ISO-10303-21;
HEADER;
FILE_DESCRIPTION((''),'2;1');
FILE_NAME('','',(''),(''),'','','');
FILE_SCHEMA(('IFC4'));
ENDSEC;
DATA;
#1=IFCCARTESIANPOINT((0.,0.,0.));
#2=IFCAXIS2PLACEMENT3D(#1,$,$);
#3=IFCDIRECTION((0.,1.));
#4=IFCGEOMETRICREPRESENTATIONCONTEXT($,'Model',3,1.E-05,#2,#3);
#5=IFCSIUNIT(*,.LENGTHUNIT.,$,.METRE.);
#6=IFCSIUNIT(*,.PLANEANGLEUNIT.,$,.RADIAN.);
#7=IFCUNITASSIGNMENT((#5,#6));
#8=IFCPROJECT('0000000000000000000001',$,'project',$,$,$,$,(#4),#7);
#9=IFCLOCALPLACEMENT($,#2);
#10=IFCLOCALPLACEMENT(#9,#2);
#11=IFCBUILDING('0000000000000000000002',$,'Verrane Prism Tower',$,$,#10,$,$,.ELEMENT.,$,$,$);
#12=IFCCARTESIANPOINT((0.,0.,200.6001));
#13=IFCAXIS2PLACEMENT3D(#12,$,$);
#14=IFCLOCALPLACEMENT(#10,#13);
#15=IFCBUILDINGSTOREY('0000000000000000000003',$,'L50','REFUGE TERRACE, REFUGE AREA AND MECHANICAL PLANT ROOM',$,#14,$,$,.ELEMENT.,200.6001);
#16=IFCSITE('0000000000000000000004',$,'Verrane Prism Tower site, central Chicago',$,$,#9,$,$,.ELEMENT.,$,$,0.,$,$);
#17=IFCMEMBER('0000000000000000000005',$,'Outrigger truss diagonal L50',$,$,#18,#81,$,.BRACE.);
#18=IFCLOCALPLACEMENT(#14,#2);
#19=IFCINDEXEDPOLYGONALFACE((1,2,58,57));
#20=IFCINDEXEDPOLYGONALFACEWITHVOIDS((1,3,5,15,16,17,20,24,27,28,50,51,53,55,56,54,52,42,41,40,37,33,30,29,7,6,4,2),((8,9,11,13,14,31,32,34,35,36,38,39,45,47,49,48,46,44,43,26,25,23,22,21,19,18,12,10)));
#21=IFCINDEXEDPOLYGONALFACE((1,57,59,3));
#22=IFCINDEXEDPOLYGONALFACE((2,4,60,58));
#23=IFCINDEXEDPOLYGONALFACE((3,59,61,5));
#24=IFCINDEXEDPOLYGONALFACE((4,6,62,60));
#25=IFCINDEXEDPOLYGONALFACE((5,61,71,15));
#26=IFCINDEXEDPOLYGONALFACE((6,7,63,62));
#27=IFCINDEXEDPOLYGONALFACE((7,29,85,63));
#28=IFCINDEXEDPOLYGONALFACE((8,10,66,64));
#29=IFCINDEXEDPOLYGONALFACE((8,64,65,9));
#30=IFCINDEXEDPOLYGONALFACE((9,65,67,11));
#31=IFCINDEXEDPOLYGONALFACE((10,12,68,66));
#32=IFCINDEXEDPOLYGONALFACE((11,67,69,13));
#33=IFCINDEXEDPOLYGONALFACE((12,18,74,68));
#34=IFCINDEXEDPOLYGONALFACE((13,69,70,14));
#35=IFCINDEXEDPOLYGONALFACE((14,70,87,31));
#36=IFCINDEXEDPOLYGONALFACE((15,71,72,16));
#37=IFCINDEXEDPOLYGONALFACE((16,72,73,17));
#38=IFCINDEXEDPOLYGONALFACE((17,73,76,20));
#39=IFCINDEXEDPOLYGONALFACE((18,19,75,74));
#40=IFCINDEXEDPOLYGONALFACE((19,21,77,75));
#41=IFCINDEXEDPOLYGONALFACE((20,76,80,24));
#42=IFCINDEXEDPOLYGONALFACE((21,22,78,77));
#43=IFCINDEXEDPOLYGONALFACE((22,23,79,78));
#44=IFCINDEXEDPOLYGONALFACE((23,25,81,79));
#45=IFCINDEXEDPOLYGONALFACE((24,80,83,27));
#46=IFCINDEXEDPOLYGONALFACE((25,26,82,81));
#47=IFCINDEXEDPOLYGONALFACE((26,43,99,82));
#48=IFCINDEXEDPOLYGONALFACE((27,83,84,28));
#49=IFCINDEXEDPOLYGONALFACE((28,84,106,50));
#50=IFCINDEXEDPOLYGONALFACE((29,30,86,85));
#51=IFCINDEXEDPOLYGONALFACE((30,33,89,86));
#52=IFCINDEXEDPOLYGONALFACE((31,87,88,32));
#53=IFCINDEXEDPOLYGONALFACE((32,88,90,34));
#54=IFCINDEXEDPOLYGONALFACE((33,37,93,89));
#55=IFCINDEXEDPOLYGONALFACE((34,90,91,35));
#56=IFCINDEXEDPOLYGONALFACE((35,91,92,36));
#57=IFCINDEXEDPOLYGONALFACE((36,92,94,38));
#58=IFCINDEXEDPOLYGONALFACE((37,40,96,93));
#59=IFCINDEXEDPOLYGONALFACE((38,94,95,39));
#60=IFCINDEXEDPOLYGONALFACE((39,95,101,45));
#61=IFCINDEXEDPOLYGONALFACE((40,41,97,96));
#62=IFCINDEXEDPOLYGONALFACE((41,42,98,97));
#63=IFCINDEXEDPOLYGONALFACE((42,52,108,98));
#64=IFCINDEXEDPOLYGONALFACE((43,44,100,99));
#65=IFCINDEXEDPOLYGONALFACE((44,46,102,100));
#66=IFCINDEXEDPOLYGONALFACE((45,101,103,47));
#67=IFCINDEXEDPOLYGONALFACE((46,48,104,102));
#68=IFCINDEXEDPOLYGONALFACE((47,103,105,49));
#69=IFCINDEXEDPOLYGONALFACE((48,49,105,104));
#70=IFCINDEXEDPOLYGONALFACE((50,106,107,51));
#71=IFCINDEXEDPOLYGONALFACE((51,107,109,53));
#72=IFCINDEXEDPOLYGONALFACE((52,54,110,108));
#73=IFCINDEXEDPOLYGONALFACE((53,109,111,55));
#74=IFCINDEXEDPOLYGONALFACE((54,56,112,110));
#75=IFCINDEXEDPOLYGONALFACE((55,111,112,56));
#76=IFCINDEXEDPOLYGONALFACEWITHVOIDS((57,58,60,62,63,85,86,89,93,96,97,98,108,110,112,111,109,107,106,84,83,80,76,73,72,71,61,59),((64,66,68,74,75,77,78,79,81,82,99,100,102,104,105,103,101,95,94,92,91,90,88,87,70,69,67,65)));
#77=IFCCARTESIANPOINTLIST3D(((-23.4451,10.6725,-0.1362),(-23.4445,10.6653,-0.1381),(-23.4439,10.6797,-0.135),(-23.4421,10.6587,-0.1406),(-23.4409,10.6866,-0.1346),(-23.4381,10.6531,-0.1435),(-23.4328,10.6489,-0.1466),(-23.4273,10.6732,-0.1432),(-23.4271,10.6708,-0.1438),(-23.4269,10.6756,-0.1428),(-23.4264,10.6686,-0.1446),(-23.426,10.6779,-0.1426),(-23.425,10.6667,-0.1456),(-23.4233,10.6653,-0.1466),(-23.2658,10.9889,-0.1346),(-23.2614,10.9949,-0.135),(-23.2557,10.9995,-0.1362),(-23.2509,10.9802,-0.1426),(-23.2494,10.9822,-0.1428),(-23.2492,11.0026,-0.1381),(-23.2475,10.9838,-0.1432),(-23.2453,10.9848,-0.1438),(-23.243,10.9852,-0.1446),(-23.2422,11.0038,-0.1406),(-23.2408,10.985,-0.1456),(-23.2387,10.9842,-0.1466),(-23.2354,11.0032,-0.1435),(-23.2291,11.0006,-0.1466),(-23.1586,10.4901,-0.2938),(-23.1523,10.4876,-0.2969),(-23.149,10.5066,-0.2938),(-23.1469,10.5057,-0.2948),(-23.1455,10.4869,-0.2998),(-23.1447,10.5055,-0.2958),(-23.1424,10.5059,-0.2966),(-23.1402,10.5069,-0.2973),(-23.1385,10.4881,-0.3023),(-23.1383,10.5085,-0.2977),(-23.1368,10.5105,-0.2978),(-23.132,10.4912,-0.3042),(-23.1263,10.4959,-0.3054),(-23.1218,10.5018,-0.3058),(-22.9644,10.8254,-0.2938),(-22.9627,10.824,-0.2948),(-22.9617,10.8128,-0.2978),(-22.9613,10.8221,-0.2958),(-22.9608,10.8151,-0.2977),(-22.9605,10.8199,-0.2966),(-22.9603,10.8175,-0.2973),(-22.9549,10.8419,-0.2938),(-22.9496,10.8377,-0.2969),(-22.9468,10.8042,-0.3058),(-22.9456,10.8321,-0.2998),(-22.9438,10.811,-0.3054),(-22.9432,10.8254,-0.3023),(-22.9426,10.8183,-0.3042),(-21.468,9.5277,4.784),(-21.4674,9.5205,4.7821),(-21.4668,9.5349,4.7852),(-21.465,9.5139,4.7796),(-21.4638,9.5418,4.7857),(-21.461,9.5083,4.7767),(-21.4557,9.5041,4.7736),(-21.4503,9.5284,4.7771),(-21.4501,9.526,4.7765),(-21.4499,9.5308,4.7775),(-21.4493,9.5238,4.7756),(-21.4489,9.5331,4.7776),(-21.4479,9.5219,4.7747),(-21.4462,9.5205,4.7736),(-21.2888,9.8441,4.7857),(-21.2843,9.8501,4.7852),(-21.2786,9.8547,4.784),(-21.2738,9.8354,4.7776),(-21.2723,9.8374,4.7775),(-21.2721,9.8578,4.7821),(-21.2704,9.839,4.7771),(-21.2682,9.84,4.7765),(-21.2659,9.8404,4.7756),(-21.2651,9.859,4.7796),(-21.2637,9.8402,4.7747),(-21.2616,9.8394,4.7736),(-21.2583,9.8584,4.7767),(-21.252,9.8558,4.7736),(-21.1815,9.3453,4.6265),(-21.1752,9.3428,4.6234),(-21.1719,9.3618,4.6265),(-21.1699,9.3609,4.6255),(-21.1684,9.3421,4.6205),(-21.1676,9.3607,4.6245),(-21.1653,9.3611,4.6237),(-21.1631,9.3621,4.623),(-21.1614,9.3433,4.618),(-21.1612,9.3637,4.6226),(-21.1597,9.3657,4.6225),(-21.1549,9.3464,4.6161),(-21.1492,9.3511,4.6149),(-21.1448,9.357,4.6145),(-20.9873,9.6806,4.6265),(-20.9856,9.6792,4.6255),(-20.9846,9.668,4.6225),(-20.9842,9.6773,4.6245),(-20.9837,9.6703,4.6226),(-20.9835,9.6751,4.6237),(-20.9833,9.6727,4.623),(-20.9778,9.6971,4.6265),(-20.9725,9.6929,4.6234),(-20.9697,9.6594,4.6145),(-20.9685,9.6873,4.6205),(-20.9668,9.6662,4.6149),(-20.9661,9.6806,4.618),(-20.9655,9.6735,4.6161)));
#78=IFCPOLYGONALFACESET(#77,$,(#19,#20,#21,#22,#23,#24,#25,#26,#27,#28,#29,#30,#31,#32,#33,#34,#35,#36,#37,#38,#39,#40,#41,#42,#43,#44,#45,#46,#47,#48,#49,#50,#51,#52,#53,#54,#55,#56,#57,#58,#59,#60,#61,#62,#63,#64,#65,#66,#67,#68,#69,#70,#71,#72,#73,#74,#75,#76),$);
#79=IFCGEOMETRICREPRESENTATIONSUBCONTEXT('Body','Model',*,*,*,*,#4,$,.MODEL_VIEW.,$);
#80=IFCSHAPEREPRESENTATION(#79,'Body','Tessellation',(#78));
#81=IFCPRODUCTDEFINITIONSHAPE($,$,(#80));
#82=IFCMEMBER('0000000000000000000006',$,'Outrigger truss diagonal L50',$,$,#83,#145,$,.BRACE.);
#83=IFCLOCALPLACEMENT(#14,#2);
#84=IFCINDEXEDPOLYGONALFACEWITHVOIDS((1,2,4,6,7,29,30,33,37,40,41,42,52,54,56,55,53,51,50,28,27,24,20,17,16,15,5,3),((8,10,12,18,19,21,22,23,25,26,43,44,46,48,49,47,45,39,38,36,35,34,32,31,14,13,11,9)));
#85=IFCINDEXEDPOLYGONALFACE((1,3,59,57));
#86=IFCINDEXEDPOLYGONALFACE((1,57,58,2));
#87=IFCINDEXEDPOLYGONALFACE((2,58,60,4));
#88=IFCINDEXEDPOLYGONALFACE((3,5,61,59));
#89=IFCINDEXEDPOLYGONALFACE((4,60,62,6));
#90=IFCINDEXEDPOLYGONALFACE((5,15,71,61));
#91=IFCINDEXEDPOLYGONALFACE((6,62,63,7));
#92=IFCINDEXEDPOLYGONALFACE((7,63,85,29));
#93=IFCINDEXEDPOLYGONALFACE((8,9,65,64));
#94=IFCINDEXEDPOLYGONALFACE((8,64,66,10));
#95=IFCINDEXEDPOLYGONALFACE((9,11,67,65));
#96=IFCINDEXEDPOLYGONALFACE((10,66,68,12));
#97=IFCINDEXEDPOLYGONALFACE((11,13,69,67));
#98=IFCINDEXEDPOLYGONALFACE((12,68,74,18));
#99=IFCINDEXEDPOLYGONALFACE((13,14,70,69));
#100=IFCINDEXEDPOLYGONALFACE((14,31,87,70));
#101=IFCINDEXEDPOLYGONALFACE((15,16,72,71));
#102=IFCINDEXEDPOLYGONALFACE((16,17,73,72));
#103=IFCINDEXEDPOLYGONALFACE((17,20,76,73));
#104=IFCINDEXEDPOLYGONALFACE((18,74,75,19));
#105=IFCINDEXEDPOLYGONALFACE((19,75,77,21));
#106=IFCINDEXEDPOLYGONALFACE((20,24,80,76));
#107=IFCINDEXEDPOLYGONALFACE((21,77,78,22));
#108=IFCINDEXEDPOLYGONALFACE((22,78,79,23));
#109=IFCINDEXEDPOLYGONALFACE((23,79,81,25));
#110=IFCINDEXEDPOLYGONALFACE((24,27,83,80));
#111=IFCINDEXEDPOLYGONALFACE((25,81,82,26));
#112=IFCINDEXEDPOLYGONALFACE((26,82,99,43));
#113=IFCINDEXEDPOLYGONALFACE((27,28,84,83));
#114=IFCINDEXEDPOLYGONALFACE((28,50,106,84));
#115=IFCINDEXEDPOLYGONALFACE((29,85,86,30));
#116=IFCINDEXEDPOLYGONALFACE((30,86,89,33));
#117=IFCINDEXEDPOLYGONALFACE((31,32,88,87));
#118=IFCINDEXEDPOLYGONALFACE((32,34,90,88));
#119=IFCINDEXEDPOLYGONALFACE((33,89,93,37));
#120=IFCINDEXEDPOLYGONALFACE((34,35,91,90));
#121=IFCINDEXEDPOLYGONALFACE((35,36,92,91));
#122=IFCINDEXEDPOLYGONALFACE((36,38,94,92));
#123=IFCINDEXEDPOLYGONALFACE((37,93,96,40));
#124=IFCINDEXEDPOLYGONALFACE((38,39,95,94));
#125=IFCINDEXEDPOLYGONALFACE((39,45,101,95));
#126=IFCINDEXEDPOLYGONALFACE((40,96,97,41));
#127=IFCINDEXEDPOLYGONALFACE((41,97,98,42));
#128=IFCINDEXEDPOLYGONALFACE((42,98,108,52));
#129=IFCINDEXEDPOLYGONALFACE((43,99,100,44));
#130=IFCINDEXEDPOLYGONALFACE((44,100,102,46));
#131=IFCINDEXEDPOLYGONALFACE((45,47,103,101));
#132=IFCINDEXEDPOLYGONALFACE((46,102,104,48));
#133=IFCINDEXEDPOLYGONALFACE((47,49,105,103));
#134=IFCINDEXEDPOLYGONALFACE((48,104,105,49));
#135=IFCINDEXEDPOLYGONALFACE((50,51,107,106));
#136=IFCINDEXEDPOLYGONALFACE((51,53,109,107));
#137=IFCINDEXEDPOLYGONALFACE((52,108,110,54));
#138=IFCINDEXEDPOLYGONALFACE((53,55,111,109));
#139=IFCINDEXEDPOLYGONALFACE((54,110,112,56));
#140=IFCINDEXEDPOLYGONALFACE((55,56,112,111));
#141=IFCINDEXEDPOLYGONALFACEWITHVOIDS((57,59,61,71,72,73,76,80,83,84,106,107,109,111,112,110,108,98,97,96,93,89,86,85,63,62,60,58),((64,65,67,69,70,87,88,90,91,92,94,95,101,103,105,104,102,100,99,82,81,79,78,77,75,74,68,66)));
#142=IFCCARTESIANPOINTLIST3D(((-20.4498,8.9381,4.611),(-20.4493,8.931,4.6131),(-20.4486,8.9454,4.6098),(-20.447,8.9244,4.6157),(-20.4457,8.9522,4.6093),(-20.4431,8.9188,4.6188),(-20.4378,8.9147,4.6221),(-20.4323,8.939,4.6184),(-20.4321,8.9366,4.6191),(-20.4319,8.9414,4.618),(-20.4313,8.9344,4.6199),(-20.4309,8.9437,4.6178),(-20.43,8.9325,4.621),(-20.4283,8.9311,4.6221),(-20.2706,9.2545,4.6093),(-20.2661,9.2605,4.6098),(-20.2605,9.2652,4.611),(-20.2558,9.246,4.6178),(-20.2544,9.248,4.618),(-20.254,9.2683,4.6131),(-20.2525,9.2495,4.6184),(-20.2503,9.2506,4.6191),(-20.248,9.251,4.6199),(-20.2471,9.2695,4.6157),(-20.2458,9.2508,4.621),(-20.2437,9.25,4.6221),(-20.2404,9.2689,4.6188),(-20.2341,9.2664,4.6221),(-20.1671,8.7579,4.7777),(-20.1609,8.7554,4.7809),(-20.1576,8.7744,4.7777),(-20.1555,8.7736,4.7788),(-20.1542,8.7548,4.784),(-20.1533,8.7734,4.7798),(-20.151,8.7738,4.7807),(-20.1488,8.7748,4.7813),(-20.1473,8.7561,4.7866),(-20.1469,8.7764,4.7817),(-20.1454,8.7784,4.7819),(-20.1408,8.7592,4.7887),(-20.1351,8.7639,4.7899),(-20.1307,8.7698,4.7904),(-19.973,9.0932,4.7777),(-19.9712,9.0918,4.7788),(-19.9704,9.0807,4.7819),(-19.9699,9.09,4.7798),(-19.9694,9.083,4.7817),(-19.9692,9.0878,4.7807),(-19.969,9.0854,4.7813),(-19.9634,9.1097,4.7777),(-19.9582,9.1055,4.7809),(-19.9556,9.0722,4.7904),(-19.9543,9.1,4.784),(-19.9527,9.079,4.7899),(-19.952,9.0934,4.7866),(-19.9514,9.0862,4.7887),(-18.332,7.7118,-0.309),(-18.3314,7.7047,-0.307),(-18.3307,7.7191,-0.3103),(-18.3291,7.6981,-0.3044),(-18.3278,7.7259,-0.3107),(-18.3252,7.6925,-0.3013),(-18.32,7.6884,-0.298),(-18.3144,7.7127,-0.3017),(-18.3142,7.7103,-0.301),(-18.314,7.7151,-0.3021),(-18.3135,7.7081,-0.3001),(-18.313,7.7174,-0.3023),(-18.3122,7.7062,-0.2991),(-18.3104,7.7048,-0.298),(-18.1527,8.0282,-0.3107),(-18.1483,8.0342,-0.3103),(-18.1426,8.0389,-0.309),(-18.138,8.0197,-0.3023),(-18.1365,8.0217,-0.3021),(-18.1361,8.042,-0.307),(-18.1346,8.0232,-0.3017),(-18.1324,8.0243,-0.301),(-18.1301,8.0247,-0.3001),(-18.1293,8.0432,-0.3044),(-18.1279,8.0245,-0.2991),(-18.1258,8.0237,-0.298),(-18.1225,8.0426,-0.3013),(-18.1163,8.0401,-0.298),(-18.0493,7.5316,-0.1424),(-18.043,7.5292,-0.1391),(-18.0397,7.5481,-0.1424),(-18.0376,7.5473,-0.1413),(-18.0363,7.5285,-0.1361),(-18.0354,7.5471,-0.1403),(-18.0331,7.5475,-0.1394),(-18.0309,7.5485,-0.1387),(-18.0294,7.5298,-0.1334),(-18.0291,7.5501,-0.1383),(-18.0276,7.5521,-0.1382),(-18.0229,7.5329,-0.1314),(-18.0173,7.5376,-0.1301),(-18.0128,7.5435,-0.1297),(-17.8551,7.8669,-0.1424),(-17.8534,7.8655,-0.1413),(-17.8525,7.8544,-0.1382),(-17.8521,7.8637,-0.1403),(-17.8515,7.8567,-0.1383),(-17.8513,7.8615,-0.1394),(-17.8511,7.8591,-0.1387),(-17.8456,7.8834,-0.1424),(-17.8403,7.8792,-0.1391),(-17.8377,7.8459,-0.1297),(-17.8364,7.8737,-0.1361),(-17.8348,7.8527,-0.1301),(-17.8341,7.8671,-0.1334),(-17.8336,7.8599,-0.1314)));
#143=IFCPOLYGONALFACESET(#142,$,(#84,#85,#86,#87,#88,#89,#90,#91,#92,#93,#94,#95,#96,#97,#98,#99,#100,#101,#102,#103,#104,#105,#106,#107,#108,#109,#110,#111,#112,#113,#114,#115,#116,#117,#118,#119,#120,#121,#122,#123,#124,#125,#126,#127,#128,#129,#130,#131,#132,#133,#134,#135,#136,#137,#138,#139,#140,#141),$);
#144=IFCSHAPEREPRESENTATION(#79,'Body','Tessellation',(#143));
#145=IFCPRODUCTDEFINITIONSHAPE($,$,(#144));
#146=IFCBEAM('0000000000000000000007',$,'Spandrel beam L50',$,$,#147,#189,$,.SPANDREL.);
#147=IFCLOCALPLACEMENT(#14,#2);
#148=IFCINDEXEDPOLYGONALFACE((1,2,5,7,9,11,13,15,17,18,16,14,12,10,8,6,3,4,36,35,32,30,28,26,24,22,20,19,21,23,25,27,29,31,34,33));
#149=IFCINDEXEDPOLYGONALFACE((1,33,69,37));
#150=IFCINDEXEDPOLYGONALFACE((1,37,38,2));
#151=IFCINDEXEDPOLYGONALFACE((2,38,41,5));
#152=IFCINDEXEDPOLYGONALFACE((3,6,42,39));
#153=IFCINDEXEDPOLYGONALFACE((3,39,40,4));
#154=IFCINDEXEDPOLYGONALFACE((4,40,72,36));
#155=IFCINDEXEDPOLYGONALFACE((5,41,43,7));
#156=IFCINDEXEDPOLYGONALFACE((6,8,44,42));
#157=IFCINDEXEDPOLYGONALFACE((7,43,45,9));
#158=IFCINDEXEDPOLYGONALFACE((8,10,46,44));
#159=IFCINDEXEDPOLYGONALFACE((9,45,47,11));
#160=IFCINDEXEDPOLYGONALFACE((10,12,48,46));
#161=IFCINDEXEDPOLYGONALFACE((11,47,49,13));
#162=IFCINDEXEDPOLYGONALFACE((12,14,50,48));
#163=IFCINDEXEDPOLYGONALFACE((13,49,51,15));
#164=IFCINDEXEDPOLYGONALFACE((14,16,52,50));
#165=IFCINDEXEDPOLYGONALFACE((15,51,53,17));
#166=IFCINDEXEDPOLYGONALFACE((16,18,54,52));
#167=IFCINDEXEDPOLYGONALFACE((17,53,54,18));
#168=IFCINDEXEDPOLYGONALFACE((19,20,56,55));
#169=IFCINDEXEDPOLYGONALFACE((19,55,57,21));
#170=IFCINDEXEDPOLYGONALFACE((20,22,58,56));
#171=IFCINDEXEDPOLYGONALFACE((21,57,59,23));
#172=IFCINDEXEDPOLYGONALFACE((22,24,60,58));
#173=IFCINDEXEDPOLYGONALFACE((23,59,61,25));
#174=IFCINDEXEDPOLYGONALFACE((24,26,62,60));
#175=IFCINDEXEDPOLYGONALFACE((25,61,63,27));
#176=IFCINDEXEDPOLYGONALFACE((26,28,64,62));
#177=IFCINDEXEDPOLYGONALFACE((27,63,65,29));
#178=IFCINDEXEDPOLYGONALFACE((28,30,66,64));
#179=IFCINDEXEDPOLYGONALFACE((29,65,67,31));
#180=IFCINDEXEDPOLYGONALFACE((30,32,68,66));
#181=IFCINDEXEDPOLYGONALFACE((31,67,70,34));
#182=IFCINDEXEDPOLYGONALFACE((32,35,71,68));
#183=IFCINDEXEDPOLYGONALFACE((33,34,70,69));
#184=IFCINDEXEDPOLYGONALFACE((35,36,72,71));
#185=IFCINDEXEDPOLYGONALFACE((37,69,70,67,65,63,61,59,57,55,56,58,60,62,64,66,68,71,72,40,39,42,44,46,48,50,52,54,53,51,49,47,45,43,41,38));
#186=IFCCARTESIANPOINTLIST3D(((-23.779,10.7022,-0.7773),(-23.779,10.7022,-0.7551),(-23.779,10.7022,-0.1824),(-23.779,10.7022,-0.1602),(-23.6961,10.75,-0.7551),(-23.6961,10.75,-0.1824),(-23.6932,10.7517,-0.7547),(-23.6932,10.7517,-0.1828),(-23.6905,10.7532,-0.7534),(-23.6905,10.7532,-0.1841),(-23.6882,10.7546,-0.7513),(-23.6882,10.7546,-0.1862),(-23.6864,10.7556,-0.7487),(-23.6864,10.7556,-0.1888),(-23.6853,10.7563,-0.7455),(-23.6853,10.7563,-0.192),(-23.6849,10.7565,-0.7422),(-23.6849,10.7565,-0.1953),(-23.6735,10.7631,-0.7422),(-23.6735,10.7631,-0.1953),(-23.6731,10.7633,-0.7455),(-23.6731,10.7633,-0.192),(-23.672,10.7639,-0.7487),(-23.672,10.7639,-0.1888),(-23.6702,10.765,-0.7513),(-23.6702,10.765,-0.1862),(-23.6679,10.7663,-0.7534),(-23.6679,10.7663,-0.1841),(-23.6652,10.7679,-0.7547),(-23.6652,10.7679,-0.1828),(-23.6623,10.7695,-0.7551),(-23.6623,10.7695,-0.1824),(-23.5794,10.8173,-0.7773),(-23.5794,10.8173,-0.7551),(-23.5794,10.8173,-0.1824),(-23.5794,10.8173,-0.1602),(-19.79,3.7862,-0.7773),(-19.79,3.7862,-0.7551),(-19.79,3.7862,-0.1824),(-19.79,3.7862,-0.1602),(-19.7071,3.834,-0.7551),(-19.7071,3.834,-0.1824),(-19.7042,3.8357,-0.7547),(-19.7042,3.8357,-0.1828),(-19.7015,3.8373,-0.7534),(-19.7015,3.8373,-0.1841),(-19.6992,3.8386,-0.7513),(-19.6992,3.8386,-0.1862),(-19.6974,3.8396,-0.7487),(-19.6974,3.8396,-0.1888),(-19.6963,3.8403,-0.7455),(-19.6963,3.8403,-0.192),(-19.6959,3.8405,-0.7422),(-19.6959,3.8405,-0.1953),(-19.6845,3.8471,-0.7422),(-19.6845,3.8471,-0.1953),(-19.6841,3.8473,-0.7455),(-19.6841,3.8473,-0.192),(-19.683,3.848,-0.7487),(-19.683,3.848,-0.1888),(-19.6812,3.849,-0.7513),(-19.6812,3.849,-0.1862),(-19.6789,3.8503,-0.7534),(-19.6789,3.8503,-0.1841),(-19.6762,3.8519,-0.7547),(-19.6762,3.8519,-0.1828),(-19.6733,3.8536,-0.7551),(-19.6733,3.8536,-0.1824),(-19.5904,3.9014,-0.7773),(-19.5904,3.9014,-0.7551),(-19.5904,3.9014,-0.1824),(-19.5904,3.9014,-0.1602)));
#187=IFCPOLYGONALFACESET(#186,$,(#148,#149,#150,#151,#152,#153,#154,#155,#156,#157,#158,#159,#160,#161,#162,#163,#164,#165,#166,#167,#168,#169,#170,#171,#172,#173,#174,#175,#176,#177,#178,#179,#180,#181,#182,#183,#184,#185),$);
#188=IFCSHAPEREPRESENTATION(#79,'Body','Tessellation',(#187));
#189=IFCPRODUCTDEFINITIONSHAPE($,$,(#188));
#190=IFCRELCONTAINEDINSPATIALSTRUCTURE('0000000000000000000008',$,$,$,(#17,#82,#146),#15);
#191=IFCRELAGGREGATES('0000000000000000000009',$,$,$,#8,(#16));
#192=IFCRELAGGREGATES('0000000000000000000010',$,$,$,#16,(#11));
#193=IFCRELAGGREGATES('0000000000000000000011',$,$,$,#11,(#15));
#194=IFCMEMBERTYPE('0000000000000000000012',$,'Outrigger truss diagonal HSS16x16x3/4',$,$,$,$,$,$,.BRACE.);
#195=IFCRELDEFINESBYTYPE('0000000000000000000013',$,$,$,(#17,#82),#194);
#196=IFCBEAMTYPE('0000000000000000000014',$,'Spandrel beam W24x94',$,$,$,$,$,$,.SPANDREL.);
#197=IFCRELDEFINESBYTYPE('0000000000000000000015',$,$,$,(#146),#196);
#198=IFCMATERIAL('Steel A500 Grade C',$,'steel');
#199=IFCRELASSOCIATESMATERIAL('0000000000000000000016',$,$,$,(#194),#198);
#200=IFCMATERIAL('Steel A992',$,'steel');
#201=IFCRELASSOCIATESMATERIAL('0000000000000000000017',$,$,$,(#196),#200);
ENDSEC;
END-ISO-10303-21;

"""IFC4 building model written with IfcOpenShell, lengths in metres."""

from ifc_helpers import new_model, si_unit, direction, frame, origin, origin_2d, place, context, subcontext, project, spatial, hollow_rectangle, i_section, extrude, material, material_profile, profile_set, type_object, element, save


model = new_model("IFC4")

# Units and contexts
model_context = context("Model", 3, precision=1e-05, world=origin(), true_north=direction((0.0, 1.0)))
body_context = subcontext(model_context, "Body", "Model", "MODEL_VIEW")
ifc_project = project(units=[si_unit("LENGTHUNIT", "METRE"), si_unit("PLANEANGLEUNIT", "RADIAN")], contexts=[model_context])

# Site, building, storey
site_placement = place(None, origin())
site = spatial("IfcSite", under=ifc_project, at=site_placement, Name="Verrane Prism Tower site, central Chicago", CompositionType="ELEMENT", RefElevation=0.0)
building_placement = place(site_placement, origin())
building = spatial("IfcBuilding", under=site, at=building_placement, Name="Verrane Prism Tower", CompositionType="ELEMENT")
storey_placement = place(building_placement, frame((0.0, 0.0, 200.6001)))
storey = spatial("IfcBuildingStorey", under=building, at=storey_placement, Name="L50", Description="REFUGE TERRACE, REFUGE AREA AND MECHANICAL PLANT ROOM", CompositionType="ELEMENT", Elevation=200.6001)

# Members
ifc_material_1 = material(Name="Steel A500 Grade C", Category="steel")
ifc_material_profile_1 = material_profile(ifc_material_1, hollow_rectangle(XDim=0.4065, YDim=0.4065, WallThickness=0.019, InnerFilletRadius=0.0095, OuterFilletRadius=0.0286, at=origin_2d()), Name="HSS16x16x3/4")
ifc_profile_set_1 = profile_set([ifc_material_profile_1], Name="Steel A500 Grade C")
member_type_1 = type_object("IfcMemberType", Name="Outrigger truss diagonal HSS16x16x3/4", PredefinedType="BRACE", material=ifc_profile_set_1)
member_1_placement = place(storey_placement, frame((-23.1938, 10.7454, -0.2202), z_axis=(0.364454, -0.211031, 0.906995), x_axis=(0.501091, 0.865395, 0.0)))
element("IfcMember", 1, at=member_1_placement, inside=storey, type_object=member_type_1, Name="Outrigger truss diagonal L50", PredefinedType="BRACE", context=body_context, shape_type="SweptSolid", body=[
    extrude(hollow_rectangle(XDim=0.4065, YDim=0.4065, WallThickness=0.019, InnerFilletRadius=0.0095, OuterFilletRadius=0.0286, at=origin_2d()), origin(), (0.0, 0.0, 1.0), 5.4248),
])
member_2_placement = place(storey_placement, frame((-18.0828, 7.7859, -0.2202), z_axis=(-0.385411, 0.223161, 0.895353), x_axis=(-0.501083, -0.865399, 0.0)))
element("IfcMember", 2, at=member_2_placement, inside=storey, type_object=member_type_1, Name="Outrigger truss diagonal L50", PredefinedType="BRACE", context=body_context, shape_type="SweptSolid", body=[
    extrude(hollow_rectangle(XDim=0.4065, YDim=0.4065, WallThickness=0.019, InnerFilletRadius=0.0095, OuterFilletRadius=0.0286, at=origin_2d()), origin(), (0.0, 0.0, 1.0), 5.4951),
])

# Beam
ifc_material_2 = material(Name="Steel A992", Category="steel")
ifc_material_profile_2 = material_profile(ifc_material_2, i_section(OverallWidth=0.2305, OverallDepth=0.6172, WebThickness=0.0132, FlangeThickness=0.0222, FilletRadius=0.0129, at=origin_2d()), Name="W24x94")
ifc_profile_set_2 = profile_set([ifc_material_profile_2], Name="Steel A992")
beam_type_1 = type_object("IfcBeamType", Name="Spandrel beam W24x94", PredefinedType="SPANDREL", material=ifc_profile_set_2)
beam_1_placement = place(storey_placement, frame((-23.6792, 10.7598, -0.4688), z_axis=(0.499629, -0.86624, 0.0), x_axis=(0.86624, 0.499629, 0.0)))
element("IfcBeam", 3, at=beam_1_placement, inside=storey, type_object=beam_type_1, Name="Spandrel beam L50", PredefinedType="SPANDREL", context=body_context, shape_type="SweptSolid", body=[
    extrude(i_section(OverallWidth=0.2305, OverallDepth=0.6172, WebThickness=0.0132, FlangeThickness=0.0222, FilletRadius=0.0129, at=origin_2d()), origin(), (0.0, 0.0, 1.0), 7.9839),
])

save(model, "model.ifc")
